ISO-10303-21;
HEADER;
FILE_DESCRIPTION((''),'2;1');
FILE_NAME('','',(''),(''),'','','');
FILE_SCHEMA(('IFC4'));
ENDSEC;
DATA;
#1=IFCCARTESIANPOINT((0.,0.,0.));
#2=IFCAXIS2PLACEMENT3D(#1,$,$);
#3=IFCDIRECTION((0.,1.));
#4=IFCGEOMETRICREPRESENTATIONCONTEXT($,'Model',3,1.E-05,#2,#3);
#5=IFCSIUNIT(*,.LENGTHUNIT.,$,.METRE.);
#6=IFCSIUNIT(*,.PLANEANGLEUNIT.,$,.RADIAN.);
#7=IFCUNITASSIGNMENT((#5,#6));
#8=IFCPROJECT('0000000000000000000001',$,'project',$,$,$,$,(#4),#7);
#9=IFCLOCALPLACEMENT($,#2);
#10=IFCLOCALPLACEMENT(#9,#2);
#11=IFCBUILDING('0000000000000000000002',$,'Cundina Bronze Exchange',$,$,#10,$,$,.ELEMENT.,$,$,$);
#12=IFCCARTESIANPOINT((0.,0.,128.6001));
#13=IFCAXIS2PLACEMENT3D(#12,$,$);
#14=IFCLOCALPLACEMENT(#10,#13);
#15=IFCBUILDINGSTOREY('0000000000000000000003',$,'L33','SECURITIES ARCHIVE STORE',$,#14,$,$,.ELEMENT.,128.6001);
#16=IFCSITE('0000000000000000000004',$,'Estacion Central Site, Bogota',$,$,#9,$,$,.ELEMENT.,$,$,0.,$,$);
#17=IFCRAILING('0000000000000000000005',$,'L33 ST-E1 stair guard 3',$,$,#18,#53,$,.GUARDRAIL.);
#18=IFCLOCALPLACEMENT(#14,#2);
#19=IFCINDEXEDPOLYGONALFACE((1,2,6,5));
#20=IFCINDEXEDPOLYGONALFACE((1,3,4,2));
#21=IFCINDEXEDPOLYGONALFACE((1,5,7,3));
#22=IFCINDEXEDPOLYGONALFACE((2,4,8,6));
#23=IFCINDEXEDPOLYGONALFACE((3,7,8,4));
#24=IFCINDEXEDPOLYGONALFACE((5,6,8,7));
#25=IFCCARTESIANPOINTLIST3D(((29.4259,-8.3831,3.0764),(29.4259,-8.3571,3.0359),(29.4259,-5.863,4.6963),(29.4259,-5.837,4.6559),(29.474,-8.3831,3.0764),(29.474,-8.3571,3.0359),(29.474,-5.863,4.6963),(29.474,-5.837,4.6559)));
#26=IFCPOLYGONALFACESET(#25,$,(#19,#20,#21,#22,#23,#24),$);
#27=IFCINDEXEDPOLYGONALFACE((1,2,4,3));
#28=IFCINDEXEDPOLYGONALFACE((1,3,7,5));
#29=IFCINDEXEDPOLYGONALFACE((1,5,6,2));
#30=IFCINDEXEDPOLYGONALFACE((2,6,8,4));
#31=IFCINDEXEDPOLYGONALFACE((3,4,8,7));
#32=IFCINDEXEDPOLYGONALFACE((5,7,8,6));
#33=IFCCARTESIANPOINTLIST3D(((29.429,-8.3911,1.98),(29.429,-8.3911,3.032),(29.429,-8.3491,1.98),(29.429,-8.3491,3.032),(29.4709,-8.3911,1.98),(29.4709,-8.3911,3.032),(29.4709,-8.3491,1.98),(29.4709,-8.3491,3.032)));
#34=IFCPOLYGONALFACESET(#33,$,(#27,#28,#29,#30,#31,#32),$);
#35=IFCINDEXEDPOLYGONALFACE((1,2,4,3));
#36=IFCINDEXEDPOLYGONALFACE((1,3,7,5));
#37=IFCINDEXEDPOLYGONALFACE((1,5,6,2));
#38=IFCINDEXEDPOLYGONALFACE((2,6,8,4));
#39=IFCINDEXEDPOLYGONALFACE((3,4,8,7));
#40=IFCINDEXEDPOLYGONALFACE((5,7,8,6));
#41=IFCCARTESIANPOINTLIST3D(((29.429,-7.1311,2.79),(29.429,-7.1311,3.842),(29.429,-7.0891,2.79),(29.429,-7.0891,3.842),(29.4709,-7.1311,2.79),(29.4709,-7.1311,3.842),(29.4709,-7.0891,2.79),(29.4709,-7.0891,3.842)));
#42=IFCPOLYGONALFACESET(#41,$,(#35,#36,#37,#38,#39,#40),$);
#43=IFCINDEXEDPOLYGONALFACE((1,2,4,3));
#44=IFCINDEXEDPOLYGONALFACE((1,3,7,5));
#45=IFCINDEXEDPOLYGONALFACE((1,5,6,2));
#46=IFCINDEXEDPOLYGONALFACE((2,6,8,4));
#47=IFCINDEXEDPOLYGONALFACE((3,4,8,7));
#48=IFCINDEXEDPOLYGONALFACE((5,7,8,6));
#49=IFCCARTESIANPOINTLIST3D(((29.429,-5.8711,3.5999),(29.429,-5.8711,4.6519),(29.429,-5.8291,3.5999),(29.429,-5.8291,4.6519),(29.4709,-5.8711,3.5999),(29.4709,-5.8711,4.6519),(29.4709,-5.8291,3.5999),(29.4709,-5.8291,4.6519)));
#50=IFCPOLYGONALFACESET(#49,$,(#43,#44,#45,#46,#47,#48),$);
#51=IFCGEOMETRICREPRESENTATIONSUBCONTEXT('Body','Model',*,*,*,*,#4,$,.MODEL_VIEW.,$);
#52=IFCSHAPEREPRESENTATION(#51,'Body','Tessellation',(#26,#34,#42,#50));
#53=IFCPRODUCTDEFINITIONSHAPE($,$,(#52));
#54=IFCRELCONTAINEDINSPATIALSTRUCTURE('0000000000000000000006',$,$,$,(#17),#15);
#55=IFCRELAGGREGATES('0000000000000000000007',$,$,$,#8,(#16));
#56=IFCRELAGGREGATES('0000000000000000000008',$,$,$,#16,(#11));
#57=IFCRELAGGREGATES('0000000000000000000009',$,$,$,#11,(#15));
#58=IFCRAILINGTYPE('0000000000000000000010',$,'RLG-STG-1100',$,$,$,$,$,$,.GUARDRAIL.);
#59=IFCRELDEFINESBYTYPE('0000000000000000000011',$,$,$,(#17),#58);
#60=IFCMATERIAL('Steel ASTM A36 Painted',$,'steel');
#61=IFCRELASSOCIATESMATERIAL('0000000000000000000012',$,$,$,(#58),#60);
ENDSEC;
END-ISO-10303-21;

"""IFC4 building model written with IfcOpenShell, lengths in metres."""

from ifc_helpers import new_model, si_unit, direction, frame, origin, origin_2d, place, context, subcontext, project, spatial, rectangle, extrude, material, type_object, element, save


model = new_model("IFC4")

# Units and contexts
model_context = context("Model", 3, precision=1e-05, world=origin(), true_north=direction((0.0, 1.0)))
body_context = subcontext(model_context, "Body", "Model", "MODEL_VIEW")
ifc_project = project(units=[si_unit("LENGTHUNIT", "METRE"), si_unit("PLANEANGLEUNIT", "RADIAN")], contexts=[model_context])

# Site, building, storey
site_placement = place(None, origin())
site = spatial("IfcSite", under=ifc_project, at=site_placement, Name="Estacion Central Site, Bogota", CompositionType="ELEMENT", RefElevation=0.0)
building_placement = place(site_placement, origin())
building = spatial("IfcBuilding", under=site, at=building_placement, Name="Cundina Bronze Exchange", CompositionType="ELEMENT")
storey_placement = place(building_placement, frame((0.0, 0.0, 128.6001)))
storey = spatial("IfcBuildingStorey", under=building, at=storey_placement, Name="L33", Description="SECURITIES ARCHIVE STORE", CompositionType="ELEMENT", Elevation=128.6001)

# Railing
ifc_material_1 = material(Name="Steel ASTM A36 Painted", Category="steel")
railing_type_1 = type_object("IfcRailingType", Name="RLG-STG-1100", PredefinedType="GUARDRAIL", material=ifc_material_1)
railing_1_placement = place(storey_placement, frame((29.45, -8.3701, 1.98)))
element("IfcRailing", 1, at=railing_1_placement, inside=storey, type_object=railing_type_1, Name="L33 ST-E1 stair guard 3", PredefinedType="GUARDRAIL", context=body_context, shape_type="SweptSolid", body=[
    extrude(rectangle(XDim=0.0481, YDim=0.0481, at=origin_2d()), frame((0.0, 0.0, 1.0762), z_axis=(0.0, 0.8412, 0.540725), x_axis=(-1.0, 0.0, 0.0)), (0.0, 0.0, 1.0), 2.9958),
    extrude(rectangle(XDim=0.042, YDim=0.042, at=origin_2d()), origin(), (0.0, 0.0, 1.0), 1.052),
    extrude(rectangle(XDim=0.042, YDim=0.042, at=origin_2d()), frame((0.0, 1.26, 0.8101)), (0.0, 0.0, 1.0), 1.052),
    extrude(rectangle(XDim=0.042, YDim=0.042, at=origin_2d()), frame((0.0, 2.52, 1.6199)), (0.0, 0.0, 1.0), 1.052),
])

save(model, "model.ifc")
